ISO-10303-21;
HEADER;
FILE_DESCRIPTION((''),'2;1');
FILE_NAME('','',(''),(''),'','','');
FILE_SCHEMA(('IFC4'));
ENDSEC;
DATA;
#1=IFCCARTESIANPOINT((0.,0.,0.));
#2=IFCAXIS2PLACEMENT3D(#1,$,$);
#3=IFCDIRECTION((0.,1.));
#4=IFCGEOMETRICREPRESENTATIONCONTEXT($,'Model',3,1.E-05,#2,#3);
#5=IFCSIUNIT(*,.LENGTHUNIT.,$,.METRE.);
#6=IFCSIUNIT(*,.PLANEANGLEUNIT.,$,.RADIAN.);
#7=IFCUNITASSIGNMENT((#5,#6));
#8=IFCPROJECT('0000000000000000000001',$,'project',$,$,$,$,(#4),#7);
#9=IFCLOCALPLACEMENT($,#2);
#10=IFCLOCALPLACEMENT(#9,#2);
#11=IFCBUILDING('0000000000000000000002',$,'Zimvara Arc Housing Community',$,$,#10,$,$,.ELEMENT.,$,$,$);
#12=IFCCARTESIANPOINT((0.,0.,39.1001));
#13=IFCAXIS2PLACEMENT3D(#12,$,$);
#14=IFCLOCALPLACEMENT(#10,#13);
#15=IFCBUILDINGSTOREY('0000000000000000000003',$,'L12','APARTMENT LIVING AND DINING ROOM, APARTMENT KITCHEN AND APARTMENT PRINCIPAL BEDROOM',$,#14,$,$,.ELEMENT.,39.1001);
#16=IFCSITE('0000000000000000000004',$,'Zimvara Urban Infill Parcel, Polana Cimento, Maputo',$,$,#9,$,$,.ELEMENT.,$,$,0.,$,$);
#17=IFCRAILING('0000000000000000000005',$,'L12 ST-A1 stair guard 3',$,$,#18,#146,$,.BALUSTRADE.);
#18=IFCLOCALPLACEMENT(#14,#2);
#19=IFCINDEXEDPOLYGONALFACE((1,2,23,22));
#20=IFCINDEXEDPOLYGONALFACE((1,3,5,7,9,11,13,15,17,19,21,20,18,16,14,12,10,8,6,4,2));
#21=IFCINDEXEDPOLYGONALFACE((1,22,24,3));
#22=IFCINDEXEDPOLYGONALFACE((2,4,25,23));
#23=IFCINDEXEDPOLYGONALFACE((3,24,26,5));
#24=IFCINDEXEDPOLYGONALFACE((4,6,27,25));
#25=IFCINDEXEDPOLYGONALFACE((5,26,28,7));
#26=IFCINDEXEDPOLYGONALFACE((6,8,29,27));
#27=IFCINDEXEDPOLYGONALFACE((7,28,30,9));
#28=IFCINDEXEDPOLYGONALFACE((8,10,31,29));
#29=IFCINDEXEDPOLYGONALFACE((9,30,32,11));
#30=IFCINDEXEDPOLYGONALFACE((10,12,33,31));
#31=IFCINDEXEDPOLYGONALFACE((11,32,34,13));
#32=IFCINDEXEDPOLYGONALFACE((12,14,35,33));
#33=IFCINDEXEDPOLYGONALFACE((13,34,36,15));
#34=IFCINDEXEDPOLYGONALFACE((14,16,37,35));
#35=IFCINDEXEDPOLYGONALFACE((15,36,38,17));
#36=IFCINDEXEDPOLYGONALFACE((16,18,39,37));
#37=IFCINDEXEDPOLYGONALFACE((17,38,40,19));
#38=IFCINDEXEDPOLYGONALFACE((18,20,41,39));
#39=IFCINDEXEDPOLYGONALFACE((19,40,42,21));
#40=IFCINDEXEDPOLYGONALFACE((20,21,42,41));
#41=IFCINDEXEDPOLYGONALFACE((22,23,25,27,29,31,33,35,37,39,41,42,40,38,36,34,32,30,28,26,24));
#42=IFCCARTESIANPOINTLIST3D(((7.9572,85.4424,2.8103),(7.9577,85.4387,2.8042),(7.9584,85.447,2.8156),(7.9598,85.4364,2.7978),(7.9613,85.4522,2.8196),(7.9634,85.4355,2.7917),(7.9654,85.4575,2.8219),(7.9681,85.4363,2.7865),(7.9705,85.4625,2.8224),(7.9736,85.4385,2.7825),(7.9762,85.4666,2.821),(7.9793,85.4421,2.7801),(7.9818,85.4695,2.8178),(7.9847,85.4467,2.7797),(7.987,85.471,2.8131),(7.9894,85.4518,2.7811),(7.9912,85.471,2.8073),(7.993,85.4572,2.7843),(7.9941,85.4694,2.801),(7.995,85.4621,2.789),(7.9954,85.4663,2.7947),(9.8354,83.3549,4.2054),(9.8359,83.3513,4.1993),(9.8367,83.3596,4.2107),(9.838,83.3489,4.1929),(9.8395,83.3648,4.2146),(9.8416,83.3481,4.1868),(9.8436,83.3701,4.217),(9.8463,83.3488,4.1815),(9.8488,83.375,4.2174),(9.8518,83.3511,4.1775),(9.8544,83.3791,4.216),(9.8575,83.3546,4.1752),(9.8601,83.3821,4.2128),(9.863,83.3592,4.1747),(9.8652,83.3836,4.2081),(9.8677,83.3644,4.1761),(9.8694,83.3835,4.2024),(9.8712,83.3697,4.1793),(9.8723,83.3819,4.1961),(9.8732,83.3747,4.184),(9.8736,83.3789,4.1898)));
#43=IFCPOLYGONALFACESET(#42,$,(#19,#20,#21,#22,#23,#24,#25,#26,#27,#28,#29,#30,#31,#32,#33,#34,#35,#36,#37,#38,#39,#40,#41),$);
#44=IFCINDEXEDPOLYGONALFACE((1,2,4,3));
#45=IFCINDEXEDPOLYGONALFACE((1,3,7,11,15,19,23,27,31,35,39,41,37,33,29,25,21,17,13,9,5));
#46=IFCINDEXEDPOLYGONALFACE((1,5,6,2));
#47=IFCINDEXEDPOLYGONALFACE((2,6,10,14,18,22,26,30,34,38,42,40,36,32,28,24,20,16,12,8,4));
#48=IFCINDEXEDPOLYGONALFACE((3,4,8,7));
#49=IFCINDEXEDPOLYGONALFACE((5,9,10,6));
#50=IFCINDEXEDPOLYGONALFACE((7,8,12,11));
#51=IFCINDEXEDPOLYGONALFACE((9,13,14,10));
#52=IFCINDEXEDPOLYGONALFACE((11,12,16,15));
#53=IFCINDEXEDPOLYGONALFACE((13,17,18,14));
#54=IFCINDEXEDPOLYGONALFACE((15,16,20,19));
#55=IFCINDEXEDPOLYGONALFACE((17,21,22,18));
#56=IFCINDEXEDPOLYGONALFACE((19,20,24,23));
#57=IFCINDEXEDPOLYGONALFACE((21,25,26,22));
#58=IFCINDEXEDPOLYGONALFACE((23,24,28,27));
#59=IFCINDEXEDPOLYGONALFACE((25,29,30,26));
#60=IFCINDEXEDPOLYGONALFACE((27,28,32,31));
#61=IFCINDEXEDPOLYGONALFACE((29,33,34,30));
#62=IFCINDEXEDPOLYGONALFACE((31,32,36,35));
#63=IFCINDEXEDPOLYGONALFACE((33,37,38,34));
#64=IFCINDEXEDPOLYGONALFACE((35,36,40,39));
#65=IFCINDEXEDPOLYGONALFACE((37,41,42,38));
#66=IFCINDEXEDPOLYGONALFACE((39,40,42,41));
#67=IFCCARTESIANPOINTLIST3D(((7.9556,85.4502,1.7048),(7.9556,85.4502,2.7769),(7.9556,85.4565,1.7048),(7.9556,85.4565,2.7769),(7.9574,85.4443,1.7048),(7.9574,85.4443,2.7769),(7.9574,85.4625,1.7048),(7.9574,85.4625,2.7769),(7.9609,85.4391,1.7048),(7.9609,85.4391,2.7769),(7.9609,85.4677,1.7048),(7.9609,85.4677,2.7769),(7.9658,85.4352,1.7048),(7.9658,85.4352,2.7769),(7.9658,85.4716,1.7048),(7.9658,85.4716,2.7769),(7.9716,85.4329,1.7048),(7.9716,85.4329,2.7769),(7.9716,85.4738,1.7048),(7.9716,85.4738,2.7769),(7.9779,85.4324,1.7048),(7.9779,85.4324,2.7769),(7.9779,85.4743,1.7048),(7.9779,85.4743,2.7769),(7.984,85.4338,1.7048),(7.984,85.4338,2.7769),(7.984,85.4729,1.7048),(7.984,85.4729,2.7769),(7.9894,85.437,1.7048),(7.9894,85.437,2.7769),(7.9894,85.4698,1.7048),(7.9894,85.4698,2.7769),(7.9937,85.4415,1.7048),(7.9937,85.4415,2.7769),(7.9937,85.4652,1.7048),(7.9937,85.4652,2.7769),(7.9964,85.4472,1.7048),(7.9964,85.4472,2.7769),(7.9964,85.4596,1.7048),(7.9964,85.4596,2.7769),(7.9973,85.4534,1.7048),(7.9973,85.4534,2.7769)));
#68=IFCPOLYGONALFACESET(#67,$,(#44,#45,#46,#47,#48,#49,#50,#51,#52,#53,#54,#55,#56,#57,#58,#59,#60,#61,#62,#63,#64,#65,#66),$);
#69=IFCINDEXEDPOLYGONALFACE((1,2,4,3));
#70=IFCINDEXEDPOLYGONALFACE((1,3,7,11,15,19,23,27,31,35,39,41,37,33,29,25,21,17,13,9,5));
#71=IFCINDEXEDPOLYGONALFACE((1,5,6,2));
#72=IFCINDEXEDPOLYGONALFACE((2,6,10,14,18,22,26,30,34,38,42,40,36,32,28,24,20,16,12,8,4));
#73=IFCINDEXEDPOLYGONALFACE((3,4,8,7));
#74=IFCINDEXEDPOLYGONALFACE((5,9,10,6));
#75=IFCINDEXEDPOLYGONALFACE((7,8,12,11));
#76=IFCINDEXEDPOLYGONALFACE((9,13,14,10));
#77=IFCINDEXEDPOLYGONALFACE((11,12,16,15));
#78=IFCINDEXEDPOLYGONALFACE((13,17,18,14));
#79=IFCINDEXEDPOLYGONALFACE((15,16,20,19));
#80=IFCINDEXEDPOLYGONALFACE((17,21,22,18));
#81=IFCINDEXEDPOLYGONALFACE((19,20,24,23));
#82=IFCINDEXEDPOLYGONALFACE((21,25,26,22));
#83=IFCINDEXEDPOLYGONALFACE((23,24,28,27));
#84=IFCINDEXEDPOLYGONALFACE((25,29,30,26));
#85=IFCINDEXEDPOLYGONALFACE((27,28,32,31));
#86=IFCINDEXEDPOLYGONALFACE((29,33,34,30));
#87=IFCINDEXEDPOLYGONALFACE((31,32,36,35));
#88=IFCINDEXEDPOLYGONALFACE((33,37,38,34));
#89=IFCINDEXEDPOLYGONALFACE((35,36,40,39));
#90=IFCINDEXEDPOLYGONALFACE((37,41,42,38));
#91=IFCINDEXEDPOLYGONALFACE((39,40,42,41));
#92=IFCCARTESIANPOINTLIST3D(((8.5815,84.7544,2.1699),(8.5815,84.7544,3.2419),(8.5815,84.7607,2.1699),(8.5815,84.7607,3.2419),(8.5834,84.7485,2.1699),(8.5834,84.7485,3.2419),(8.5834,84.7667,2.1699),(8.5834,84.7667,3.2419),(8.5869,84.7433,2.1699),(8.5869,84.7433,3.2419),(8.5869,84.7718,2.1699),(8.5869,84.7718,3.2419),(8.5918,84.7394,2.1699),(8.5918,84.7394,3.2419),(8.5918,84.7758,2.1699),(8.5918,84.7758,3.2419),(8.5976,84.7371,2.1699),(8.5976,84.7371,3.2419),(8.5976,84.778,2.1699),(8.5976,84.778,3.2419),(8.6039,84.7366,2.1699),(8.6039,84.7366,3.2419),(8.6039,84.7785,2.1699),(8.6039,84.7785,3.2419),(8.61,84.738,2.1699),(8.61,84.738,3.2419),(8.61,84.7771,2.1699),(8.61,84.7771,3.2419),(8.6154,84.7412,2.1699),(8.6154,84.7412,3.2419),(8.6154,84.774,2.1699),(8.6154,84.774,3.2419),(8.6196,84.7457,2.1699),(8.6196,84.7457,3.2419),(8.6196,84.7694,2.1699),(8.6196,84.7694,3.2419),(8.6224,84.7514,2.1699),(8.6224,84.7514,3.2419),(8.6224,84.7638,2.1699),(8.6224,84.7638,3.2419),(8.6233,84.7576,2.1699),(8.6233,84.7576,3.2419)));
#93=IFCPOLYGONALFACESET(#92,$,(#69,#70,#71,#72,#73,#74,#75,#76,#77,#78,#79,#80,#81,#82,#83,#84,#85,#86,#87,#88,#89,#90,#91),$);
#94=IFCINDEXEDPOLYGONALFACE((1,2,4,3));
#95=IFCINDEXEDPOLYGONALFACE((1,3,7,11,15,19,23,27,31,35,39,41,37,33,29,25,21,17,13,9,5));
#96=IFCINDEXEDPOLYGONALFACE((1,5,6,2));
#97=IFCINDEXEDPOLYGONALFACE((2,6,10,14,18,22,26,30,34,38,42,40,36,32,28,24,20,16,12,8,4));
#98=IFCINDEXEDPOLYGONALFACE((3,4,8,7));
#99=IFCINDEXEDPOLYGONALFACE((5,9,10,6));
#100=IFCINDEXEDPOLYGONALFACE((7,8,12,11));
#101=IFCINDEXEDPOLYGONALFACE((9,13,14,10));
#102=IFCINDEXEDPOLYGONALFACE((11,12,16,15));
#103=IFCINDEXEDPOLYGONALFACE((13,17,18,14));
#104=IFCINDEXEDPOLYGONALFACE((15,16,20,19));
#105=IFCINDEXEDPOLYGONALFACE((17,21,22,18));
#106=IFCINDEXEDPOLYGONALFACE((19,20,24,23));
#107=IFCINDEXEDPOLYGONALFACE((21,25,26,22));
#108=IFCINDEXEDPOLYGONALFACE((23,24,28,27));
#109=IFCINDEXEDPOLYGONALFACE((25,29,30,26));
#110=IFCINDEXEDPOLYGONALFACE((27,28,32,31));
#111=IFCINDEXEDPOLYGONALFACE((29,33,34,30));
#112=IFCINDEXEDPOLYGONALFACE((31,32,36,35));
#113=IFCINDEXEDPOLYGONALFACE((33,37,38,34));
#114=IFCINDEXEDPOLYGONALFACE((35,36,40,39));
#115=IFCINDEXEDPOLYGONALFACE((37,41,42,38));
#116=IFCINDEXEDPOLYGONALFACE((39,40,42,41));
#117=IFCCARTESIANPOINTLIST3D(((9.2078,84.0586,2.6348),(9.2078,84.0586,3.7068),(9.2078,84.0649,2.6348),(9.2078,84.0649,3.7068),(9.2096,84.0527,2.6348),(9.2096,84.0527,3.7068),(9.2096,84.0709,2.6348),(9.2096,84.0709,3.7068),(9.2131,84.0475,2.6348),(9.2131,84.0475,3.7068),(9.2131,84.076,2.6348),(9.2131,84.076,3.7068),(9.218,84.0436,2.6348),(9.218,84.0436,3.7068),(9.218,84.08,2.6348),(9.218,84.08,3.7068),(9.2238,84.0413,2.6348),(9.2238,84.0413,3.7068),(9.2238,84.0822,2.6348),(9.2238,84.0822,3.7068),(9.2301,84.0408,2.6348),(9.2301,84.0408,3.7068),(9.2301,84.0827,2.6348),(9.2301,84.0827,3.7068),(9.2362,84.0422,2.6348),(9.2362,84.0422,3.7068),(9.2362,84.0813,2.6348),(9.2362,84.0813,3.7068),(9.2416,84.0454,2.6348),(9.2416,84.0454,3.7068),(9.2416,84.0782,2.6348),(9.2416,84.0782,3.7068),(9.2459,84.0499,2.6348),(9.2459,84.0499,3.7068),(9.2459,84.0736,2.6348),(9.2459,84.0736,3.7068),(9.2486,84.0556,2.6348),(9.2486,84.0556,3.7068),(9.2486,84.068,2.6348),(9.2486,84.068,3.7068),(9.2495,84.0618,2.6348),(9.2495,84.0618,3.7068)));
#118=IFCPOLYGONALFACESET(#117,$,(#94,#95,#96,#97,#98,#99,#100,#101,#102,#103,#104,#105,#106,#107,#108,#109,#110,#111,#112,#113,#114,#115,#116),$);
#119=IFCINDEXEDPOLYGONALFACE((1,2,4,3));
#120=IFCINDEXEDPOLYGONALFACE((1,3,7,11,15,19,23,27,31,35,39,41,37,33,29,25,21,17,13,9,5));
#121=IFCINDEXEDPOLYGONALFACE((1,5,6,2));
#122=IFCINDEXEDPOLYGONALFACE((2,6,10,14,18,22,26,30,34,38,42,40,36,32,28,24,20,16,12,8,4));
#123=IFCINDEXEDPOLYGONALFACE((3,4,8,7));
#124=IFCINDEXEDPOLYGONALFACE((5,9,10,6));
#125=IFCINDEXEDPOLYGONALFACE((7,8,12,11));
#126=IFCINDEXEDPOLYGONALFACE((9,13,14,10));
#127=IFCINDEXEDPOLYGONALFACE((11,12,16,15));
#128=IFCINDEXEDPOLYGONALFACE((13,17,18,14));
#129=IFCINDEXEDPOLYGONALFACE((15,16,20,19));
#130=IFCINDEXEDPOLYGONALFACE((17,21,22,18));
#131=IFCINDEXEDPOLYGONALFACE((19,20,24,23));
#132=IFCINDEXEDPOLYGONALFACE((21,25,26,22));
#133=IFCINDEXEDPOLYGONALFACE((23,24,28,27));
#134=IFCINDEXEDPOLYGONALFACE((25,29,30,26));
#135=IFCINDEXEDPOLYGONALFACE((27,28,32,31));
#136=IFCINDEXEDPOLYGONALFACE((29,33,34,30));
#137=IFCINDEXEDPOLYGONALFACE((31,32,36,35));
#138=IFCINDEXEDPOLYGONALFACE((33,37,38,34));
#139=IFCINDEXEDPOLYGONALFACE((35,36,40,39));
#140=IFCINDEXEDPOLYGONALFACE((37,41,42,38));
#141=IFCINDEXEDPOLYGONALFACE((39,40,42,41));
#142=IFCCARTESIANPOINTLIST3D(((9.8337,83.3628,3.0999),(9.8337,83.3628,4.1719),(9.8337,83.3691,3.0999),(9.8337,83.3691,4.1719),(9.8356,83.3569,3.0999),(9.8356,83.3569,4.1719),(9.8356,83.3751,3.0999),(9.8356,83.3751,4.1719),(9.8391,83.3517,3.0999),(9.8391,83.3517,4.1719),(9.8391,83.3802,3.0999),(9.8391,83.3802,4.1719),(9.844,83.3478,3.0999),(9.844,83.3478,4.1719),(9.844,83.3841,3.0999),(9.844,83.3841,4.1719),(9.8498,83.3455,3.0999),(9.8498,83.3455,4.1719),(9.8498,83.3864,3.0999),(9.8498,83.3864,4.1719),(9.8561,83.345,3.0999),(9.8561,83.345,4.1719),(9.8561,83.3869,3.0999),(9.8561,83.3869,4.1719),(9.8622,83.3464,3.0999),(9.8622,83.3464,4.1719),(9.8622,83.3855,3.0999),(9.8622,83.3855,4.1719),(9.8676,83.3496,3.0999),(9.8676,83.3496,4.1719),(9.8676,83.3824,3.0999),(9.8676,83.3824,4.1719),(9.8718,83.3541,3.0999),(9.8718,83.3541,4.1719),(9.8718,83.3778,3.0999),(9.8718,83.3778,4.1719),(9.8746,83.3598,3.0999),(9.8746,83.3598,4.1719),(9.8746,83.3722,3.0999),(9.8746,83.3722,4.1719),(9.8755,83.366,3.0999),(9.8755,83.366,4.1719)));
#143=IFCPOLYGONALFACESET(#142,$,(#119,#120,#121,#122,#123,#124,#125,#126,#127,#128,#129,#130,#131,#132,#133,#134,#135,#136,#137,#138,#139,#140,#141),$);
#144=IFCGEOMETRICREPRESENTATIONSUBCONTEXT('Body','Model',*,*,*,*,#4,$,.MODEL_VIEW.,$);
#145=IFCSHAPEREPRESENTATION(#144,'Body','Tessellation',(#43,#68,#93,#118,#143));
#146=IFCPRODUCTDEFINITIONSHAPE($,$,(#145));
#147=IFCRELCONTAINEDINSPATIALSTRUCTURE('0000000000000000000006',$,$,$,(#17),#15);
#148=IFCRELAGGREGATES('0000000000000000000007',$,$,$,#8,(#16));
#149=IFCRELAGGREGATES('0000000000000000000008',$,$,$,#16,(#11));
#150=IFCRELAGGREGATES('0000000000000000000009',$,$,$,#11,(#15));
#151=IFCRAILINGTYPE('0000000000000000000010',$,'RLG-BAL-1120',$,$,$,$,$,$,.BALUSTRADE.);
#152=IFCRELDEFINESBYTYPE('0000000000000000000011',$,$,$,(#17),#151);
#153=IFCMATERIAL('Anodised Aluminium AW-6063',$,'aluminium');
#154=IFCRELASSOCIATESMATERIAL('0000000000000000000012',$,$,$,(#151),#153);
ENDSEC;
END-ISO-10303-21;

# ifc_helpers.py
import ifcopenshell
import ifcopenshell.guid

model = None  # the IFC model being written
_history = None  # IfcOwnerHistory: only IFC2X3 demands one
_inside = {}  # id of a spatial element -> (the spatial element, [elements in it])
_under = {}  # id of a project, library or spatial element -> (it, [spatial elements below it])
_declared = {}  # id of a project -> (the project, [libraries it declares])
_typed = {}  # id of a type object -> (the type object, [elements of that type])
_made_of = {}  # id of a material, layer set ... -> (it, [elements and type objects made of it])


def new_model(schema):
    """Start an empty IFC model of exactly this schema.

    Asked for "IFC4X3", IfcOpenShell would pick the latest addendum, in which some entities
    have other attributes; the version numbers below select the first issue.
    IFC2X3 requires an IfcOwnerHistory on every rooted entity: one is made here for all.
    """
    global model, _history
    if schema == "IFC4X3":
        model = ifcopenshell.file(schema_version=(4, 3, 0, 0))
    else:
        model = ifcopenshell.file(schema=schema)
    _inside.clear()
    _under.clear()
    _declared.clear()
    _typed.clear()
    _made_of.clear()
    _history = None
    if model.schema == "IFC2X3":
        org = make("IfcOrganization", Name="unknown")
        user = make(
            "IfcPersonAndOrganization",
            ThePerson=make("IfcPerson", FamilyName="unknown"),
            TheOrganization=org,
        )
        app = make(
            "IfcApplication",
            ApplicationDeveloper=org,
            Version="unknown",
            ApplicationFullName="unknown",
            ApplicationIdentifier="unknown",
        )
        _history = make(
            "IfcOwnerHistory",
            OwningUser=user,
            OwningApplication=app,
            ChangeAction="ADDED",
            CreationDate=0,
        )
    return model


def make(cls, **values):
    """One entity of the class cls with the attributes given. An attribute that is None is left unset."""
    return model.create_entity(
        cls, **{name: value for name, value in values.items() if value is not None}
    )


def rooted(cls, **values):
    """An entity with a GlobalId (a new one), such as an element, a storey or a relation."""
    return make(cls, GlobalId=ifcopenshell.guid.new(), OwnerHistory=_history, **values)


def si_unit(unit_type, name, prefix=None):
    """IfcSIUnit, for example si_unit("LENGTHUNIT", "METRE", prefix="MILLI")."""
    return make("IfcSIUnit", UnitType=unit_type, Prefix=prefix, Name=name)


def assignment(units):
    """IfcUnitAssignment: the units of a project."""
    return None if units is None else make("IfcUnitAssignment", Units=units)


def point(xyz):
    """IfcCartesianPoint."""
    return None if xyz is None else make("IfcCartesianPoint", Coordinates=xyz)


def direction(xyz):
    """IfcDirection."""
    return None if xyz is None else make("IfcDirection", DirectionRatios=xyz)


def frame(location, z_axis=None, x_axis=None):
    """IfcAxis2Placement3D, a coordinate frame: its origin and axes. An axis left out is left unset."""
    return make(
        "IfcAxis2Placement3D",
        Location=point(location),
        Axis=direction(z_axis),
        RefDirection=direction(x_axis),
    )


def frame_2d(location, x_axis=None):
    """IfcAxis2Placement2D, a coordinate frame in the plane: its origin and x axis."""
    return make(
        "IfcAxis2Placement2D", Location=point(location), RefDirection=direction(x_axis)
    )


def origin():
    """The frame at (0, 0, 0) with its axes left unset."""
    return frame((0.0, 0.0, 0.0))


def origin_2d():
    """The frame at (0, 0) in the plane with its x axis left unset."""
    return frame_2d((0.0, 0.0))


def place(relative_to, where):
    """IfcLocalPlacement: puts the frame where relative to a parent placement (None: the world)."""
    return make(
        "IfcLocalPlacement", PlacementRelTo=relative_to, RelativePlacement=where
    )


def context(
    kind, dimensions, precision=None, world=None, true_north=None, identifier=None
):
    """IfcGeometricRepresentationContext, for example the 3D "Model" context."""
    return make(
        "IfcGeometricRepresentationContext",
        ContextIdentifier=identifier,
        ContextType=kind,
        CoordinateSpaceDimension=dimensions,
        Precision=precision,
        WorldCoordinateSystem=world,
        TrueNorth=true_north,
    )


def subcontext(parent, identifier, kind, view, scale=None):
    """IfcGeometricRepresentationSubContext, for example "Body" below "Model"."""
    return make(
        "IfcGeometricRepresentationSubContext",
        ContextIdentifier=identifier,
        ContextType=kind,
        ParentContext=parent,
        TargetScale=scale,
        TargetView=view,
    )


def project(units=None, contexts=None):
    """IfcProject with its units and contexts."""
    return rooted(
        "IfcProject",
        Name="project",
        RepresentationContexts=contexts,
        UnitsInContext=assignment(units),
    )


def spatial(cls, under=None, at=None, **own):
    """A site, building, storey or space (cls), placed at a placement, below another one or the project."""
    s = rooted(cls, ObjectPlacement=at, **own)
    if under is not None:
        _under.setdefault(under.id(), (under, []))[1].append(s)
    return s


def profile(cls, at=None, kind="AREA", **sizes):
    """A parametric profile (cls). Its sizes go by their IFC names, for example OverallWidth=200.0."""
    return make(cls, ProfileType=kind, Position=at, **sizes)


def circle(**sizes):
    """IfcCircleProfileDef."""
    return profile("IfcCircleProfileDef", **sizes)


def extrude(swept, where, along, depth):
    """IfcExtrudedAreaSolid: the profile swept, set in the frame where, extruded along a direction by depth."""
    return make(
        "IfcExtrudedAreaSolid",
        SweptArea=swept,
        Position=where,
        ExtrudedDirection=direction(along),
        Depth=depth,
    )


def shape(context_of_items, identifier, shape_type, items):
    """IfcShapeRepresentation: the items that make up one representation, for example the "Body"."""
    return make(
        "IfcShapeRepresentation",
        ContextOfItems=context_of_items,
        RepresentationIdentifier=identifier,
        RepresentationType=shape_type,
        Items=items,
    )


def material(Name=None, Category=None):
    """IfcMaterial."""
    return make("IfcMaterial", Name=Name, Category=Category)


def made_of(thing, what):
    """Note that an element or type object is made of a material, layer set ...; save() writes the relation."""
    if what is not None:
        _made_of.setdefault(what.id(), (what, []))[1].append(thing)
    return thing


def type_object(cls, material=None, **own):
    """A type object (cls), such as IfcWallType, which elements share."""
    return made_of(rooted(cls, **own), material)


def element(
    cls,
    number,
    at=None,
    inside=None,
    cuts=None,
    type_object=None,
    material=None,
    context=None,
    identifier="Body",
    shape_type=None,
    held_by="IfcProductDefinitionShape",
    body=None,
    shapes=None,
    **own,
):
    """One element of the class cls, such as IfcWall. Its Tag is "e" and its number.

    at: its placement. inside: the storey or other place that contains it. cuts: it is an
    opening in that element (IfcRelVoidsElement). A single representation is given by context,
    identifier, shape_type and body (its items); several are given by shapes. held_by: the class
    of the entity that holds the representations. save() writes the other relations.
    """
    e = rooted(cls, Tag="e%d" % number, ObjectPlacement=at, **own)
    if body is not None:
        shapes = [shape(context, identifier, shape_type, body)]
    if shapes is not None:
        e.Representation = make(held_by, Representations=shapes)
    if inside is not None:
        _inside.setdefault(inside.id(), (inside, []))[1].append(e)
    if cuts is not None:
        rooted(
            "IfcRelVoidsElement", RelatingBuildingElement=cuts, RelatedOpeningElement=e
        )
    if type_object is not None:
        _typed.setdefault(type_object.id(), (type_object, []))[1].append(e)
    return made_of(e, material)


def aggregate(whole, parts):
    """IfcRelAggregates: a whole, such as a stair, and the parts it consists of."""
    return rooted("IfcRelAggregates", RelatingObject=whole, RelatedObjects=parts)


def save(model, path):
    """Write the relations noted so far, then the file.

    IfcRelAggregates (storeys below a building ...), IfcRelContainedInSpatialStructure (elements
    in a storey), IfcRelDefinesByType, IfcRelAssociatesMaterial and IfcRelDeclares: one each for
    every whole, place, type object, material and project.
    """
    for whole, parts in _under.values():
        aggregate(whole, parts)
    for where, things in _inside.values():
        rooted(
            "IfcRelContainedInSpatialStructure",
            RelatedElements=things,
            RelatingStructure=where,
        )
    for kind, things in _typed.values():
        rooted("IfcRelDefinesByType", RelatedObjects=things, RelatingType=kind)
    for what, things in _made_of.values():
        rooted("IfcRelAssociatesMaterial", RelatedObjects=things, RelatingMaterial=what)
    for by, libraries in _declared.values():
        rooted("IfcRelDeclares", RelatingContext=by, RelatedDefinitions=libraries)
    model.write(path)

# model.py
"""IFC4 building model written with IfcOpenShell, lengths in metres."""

from ifc_helpers import new_model, si_unit, direction, frame, origin, origin_2d, place, context, subcontext, project, spatial, circle, extrude, material, type_object, element, save


model = new_model("IFC4")

# Units and contexts
model_context = context("Model", 3, precision=1e-05, world=origin(), true_north=direction((0.0, 1.0)))
body_context = subcontext(model_context, "Body", "Model", "MODEL_VIEW")
ifc_project = project(units=[si_unit("LENGTHUNIT", "METRE"), si_unit("PLANEANGLEUNIT", "RADIAN")], contexts=[model_context])

# Site, building, storey
site_placement = place(None, origin())
site = spatial("IfcSite", under=ifc_project, at=site_placement, Name="Zimvara Urban Infill Parcel, Polana Cimento, Maputo", CompositionType="ELEMENT", RefElevation=0.0)
building_placement = place(site_placement, origin())
building = spatial("IfcBuilding", under=site, at=building_placement, Name="Zimvara Arc Housing Community", CompositionType="ELEMENT")
storey_placement = place(building_placement, frame((0.0, 0.0, 39.1001)))
storey = spatial("IfcBuildingStorey", under=building, at=storey_placement, Name="L12", Description="APARTMENT LIVING AND DINING ROOM, APARTMENT KITCHEN AND APARTMENT PRINCIPAL BEDROOM", CompositionType="ELEMENT", Elevation=39.1001)

# Railing
ifc_material_1 = material(Name="Anodised Aluminium AW-6063", Category="aluminium")
railing_type_1 = type_object("IfcRailingType", Name="RLG-BAL-1120", PredefinedType="BALUSTRADE", material=ifc_material_1)
railing_1_placement = place(storey_placement, frame((7.9763, 85.4534, 1.7048)))
element("IfcRailing", 1, at=railing_1_placement, inside=storey, type_object=railing_type_1, Name="L12 ST-A1 stair guard 3", PredefinedType="BALUSTRADE", context=body_context, shape_type="SweptSolid", body=[
    extrude(circle(Radius=0.0239, at=origin_2d()), frame((0.0, 0.0, 1.0962), z_axis=(0.599018, -0.665749, 0.444923), x_axis=(0.743381, 0.668869, 0.0)), (0.0, 0.0, 1.0), 3.1355),
    extrude(circle(Radius=0.021, at=origin_2d()), origin(), (0.0, 0.0, 1.0), 1.072),
    extrude(circle(Radius=0.021, at=origin_2d()), frame((0.626, -0.6958, 0.4651)), (0.0, 0.0, 1.0), 1.072),
    extrude(circle(Radius=0.021, at=origin_2d()), frame((1.2522, -1.3916, 0.9299)), (0.0, 0.0, 1.0), 1.072),
    extrude(circle(Radius=0.021, at=origin_2d()), frame((1.8782, -2.0874, 1.395)), (0.0, 0.0, 1.0), 1.072),
])

save(model, "model.ifc")
